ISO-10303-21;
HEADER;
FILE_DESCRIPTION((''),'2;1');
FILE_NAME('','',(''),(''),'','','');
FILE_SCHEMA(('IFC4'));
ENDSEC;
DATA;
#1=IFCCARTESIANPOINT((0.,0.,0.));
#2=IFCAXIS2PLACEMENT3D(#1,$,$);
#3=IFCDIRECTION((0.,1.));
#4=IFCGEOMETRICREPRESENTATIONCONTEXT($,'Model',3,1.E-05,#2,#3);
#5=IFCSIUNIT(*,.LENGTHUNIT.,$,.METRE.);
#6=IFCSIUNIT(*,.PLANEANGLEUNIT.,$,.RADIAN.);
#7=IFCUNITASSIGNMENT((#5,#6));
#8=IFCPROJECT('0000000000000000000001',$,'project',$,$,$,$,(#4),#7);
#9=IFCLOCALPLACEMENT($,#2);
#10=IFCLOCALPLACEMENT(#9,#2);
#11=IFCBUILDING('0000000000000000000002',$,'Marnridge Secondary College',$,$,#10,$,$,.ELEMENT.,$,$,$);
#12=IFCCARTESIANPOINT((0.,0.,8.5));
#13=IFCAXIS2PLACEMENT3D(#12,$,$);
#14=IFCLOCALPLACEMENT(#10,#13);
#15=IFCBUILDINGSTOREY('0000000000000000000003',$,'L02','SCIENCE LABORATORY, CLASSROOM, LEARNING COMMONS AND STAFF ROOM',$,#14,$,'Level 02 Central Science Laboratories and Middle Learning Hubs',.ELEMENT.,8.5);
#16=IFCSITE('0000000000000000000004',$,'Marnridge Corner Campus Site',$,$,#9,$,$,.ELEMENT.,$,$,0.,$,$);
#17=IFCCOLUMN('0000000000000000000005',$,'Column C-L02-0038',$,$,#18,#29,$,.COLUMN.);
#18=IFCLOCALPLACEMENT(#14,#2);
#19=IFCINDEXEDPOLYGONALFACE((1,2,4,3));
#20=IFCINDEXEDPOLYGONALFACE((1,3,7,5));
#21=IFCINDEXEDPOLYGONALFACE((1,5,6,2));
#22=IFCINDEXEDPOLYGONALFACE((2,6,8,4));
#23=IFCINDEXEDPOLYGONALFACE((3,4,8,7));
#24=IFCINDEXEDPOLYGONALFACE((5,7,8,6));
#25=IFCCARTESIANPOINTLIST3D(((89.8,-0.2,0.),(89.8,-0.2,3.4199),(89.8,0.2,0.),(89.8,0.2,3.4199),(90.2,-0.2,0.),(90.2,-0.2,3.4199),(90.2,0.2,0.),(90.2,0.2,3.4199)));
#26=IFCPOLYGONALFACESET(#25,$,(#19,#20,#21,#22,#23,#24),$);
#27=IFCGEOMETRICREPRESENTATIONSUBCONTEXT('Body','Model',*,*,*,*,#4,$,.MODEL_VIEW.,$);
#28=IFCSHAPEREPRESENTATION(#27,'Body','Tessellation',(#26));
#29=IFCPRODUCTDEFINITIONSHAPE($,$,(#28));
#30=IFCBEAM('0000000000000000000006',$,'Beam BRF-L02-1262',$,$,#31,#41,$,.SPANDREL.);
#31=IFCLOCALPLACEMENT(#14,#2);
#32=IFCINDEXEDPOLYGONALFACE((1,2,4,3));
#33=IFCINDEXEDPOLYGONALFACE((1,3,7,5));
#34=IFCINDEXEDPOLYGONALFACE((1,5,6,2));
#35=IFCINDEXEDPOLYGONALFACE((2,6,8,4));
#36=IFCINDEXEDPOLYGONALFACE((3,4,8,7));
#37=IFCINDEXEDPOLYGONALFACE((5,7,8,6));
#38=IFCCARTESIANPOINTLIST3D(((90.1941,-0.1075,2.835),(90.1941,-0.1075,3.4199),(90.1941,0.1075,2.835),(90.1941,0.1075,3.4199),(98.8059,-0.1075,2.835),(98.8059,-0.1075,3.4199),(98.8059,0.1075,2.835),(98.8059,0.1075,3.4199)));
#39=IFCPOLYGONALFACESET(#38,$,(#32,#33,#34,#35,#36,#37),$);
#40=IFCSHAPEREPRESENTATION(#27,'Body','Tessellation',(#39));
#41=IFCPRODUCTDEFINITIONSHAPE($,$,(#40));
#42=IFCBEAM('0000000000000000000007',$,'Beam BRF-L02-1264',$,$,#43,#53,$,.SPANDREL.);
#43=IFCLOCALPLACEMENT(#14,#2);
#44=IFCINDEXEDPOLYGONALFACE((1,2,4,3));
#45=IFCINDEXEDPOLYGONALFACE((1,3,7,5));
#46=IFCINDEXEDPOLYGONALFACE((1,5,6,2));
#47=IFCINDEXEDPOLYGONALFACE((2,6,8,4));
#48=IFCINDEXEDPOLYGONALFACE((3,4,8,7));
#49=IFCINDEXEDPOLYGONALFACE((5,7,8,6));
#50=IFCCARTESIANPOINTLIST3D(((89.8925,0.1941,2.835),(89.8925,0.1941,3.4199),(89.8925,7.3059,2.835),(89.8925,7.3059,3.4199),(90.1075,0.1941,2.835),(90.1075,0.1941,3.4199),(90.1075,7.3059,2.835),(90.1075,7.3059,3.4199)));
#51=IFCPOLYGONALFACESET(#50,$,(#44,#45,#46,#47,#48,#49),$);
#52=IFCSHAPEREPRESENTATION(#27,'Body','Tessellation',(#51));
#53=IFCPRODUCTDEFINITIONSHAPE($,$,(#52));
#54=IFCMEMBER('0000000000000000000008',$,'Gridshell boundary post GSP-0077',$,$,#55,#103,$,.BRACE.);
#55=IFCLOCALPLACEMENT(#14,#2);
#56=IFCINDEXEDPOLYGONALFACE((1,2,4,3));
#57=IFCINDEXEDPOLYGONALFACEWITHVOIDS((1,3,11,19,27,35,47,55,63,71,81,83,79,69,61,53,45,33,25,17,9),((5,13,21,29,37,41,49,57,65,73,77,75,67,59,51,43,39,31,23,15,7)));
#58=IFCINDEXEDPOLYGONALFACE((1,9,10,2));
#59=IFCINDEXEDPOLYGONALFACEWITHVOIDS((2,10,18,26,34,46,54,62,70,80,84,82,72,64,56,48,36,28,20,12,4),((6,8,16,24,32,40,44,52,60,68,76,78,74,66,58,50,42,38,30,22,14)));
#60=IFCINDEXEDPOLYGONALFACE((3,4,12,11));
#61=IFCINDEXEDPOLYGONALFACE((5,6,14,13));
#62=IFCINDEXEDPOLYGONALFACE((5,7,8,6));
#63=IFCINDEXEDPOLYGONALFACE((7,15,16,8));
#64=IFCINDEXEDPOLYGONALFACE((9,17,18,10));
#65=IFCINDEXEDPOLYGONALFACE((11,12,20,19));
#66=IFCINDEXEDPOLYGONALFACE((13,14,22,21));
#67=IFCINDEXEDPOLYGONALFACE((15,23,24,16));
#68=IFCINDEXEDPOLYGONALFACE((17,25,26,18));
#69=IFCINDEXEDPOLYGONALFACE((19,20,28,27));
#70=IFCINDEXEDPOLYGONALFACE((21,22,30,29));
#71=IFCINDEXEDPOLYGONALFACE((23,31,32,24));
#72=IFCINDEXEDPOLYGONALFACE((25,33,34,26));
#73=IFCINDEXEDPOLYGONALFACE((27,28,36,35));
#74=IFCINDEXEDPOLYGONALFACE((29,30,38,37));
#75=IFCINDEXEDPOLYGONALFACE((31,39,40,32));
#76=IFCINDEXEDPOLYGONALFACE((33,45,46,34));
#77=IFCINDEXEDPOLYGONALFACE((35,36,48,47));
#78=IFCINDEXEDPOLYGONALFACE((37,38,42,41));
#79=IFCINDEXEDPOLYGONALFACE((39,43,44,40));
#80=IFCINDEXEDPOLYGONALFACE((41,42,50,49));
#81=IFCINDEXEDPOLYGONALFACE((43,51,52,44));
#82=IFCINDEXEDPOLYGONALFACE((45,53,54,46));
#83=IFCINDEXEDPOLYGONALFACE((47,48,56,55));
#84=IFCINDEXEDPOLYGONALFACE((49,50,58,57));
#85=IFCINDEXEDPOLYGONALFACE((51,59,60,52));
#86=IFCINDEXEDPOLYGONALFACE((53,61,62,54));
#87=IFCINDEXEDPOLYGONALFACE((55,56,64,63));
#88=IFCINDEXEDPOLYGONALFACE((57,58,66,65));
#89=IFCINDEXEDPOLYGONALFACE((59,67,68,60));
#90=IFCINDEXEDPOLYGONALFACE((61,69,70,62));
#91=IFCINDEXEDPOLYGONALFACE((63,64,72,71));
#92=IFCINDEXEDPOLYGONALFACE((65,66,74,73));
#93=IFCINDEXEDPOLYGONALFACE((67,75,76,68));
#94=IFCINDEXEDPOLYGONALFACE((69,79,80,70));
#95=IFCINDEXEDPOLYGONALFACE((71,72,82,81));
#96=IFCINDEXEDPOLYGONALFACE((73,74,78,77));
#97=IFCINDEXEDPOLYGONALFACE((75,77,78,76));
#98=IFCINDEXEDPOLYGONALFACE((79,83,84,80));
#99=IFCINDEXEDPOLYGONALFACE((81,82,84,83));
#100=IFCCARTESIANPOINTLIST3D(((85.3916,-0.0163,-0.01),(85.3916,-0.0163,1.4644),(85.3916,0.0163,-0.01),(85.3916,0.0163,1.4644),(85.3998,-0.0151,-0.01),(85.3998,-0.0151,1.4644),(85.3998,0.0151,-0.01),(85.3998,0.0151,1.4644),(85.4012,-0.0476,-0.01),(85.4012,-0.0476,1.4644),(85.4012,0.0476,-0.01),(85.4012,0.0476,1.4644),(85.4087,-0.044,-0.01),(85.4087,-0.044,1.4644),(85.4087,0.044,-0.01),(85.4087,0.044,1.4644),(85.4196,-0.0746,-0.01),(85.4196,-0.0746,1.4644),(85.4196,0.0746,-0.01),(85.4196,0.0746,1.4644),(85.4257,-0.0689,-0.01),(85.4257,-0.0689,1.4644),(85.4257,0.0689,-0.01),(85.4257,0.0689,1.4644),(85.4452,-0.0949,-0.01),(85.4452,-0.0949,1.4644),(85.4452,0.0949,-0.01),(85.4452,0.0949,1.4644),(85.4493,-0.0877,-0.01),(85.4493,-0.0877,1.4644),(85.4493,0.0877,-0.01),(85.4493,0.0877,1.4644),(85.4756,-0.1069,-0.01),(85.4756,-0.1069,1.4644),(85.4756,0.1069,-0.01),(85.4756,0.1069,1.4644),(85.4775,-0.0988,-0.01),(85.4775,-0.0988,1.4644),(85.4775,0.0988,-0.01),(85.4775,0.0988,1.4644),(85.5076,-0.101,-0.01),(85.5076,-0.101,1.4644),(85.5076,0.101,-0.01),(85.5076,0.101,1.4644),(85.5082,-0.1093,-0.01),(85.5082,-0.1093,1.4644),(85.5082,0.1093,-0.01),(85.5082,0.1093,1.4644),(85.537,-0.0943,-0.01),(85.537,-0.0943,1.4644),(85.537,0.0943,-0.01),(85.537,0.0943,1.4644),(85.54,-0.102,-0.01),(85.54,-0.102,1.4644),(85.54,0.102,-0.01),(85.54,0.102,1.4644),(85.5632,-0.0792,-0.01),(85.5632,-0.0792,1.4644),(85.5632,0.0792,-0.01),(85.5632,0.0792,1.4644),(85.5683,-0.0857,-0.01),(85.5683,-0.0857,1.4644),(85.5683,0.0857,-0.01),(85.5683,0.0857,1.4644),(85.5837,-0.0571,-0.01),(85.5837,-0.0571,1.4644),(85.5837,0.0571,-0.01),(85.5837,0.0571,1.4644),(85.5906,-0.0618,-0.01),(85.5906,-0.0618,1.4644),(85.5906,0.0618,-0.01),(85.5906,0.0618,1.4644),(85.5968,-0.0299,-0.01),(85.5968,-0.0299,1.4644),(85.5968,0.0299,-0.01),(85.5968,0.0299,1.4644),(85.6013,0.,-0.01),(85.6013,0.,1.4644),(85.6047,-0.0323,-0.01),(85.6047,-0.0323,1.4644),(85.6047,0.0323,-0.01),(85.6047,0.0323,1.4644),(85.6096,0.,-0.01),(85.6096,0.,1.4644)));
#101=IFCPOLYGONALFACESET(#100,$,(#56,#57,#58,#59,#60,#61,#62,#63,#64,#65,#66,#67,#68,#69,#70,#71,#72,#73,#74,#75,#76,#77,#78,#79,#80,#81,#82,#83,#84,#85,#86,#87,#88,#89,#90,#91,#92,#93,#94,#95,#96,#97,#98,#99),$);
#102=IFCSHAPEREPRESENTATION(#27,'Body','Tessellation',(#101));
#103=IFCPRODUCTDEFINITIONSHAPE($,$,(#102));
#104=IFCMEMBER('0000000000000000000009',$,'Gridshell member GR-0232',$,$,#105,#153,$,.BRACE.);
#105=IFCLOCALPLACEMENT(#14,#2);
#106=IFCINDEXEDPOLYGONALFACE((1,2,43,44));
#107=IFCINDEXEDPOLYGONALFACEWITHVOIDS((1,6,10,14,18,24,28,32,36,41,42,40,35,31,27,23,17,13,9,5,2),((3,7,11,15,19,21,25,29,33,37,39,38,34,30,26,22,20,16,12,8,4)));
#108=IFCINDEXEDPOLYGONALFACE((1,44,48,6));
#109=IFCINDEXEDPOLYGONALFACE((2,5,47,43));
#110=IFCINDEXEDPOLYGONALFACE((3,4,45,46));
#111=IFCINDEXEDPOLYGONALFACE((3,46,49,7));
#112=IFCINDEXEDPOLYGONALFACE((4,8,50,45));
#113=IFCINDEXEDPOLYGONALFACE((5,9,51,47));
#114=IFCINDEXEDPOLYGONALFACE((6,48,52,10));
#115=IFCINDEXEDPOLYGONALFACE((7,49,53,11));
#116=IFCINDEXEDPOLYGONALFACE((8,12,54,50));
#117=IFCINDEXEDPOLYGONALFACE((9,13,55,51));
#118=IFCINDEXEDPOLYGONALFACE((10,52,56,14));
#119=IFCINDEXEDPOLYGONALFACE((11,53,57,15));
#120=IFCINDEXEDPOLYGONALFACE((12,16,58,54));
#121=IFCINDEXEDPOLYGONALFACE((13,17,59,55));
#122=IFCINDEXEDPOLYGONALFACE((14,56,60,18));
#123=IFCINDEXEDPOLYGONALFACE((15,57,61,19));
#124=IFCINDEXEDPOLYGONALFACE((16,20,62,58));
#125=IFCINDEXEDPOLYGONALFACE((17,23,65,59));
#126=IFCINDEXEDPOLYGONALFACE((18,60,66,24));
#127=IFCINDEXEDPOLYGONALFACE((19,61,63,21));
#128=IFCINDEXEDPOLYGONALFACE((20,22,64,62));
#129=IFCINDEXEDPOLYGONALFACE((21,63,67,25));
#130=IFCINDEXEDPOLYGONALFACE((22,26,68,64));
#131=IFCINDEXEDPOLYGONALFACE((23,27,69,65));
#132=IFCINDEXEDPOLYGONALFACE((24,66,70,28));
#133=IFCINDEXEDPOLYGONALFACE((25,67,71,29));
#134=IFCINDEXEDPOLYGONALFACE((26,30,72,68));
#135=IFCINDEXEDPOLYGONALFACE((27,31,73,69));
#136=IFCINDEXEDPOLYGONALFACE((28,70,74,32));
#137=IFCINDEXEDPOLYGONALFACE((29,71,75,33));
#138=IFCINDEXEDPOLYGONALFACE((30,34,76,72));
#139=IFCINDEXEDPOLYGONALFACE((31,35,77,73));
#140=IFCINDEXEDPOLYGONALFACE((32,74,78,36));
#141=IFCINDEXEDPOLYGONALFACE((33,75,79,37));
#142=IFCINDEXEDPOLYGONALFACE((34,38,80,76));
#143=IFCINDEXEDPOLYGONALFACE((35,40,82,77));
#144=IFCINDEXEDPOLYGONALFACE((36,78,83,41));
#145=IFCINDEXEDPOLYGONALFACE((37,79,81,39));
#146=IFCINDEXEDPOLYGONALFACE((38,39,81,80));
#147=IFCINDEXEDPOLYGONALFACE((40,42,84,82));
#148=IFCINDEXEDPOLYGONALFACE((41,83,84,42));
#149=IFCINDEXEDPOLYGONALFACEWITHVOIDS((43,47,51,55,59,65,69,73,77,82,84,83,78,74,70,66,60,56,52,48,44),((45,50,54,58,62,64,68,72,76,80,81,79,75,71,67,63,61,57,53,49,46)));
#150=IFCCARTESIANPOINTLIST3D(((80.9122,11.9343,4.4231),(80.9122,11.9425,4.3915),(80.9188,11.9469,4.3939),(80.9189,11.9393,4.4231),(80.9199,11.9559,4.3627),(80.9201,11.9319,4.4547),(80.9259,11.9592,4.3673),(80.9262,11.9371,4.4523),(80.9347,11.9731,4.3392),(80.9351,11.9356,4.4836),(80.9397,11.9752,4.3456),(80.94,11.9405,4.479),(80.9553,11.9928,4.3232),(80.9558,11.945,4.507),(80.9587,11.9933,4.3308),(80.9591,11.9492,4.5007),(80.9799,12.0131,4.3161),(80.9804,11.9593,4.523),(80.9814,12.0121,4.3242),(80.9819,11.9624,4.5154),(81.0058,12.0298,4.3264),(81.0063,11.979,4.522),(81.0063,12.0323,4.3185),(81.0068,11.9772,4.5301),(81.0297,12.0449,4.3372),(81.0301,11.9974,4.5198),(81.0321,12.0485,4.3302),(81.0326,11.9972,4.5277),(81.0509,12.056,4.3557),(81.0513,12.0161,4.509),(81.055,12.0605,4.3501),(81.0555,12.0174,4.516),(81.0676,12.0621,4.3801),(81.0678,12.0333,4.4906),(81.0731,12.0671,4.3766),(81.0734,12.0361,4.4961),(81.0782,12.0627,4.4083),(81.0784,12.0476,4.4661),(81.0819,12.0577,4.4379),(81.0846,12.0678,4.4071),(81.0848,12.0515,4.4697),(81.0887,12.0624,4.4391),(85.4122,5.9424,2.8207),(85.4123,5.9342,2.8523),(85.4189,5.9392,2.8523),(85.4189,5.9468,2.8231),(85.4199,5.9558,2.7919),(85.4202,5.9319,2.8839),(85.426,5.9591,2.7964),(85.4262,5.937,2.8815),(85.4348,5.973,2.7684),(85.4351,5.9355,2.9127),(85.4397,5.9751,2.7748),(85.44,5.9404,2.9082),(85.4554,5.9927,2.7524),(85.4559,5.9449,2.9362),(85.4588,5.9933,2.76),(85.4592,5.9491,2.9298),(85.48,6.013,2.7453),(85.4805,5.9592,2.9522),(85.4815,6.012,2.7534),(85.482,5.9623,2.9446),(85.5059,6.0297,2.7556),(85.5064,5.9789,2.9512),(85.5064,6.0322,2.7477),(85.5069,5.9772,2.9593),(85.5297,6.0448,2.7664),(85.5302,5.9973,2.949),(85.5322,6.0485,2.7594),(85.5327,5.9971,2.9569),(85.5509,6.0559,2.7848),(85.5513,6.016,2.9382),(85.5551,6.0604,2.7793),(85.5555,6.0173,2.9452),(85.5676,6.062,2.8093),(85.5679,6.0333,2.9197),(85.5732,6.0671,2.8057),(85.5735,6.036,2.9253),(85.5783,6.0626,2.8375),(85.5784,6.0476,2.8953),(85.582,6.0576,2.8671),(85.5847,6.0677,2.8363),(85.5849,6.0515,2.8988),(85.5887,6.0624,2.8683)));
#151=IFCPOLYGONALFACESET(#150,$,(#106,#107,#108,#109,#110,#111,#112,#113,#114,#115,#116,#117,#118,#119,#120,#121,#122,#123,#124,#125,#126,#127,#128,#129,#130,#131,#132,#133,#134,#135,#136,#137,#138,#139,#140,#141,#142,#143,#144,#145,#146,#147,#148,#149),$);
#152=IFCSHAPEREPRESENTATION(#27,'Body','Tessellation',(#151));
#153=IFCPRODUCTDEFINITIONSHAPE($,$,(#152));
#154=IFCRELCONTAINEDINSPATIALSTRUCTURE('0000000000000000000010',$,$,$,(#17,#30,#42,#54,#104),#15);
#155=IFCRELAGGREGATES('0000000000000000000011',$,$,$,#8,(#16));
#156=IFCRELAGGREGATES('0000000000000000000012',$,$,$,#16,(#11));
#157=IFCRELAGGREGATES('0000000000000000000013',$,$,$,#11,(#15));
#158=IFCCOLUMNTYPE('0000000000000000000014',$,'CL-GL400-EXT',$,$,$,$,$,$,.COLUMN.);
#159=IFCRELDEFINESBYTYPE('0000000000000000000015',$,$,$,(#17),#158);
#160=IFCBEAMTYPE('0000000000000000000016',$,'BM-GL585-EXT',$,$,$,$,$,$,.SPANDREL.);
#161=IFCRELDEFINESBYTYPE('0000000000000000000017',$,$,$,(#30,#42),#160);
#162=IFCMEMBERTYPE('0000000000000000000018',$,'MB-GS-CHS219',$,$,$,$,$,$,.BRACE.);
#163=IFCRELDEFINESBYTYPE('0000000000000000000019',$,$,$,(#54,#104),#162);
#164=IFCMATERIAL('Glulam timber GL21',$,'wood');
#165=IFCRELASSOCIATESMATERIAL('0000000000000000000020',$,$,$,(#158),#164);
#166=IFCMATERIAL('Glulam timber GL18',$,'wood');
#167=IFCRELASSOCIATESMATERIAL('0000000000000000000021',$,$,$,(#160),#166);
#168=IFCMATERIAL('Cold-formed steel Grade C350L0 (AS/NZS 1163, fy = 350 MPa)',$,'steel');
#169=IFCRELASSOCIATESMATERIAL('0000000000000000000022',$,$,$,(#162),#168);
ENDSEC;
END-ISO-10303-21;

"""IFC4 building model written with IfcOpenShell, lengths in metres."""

from ifc_helpers import new_model, si_unit, direction, frame, origin, origin_2d, place, context, subcontext, project, spatial, rectangle, hollow_circle, extrude, material, material_profile, profile_set, type_object, element, save


model = new_model("IFC4")

# Units and contexts
model_context = context("Model", 3, precision=1e-05, world=origin(), true_north=direction((0.0, 1.0)))
body_context = subcontext(model_context, "Body", "Model", "MODEL_VIEW")
ifc_project = project(units=[si_unit("LENGTHUNIT", "METRE"), si_unit("PLANEANGLEUNIT", "RADIAN")], contexts=[model_context])

# Site, building, storey
site_placement = place(None, origin())
site = spatial("IfcSite", under=ifc_project, at=site_placement, Name="Marnridge Corner Campus Site", CompositionType="ELEMENT", RefElevation=0.0)
building_placement = place(site_placement, origin())
building = spatial("IfcBuilding", under=site, at=building_placement, Name="Marnridge Secondary College", CompositionType="ELEMENT")
storey_placement = place(building_placement, frame((0.0, 0.0, 8.5)))
storey = spatial("IfcBuildingStorey", under=building, at=storey_placement, Name="L02", Description="SCIENCE LABORATORY, CLASSROOM, LEARNING COMMONS AND STAFF ROOM", LongName="Level 02 Central Science Laboratories and Middle Learning Hubs", CompositionType="ELEMENT", Elevation=8.5)

# Column
ifc_material_1 = material(Name="Glulam timber GL21", Category="wood")
ifc_material_profile_1 = material_profile(ifc_material_1, rectangle(XDim=0.3999, YDim=0.3999, at=origin_2d()), Name="GL21 400x400")
ifc_profile_set_1 = profile_set([ifc_material_profile_1], Name="Glulam timber GL21")
column_type = type_object("IfcColumnType", Name="CL-GL400-EXT", PredefinedType="COLUMN", material=ifc_profile_set_1)
column_placement = place(storey_placement, frame((90.0, 0.0, 0.0), z_axis=(0.0, 0.0, 1.0), x_axis=(1.0, 0.0, 0.0)))
element("IfcColumn", 1, at=column_placement, inside=storey, type_object=column_type, Name="Column C-L02-0038", PredefinedType="COLUMN", context=body_context, shape_type="SweptSolid", body=[
    extrude(rectangle(XDim=0.3999, YDim=0.3999, at=origin_2d()), origin(), (0.0, 0.0, 1.0), 3.4199),
])

# Beams
ifc_material_2 = material(Name="Glulam timber GL18", Category="wood")
ifc_material_profile_2 = material_profile(ifc_material_2, rectangle(XDim=0.2151, YDim=0.585, at=origin_2d()), Name="GL18 215x585")
ifc_profile_set_2 = profile_set([ifc_material_profile_2], Name="Glulam timber GL18")
beam_type = type_object("IfcBeamType", Name="BM-GL585-EXT", PredefinedType="SPANDREL", material=ifc_profile_set_2)
beam_1_placement = place(storey_placement, frame((90.1941, 0.0, 3.1274), z_axis=(1.0, 0.0, 0.0), x_axis=(0.0, 1.0, 0.0)))
element("IfcBeam", 2, at=beam_1_placement, inside=storey, type_object=beam_type, Name="Beam BRF-L02-1262", PredefinedType="SPANDREL", context=body_context, shape_type="SweptSolid", body=[
    extrude(rectangle(XDim=0.2151, YDim=0.585, at=origin_2d()), origin(), (0.0, 0.0, 1.0), 8.6118),
])
beam_2_placement = place(storey_placement, frame((90.0, 0.1941, 3.1274), z_axis=(0.0, 1.0, 0.0), x_axis=(-1.0, 0.0, 0.0)))
element("IfcBeam", 3, at=beam_2_placement, inside=storey, type_object=beam_type, Name="Beam BRF-L02-1264", PredefinedType="SPANDREL", context=body_context, shape_type="SweptSolid", body=[
    extrude(rectangle(XDim=0.2151, YDim=0.585, at=origin_2d()), origin(), (0.0, 0.0, 1.0), 7.1118),
])

# Members
ifc_material_3 = material(Name="Cold-formed steel Grade C350L0 (AS/NZS 1163, fy = 350 MPa)", Category="steel")
ifc_material_profile_3 = material_profile(ifc_material_3, hollow_circle(Radius=0.1096, WallThickness=0.0083, at=origin_2d()), Name="219.1x8.2CHS")
ifc_profile_set_3 = profile_set([ifc_material_profile_3], Name="Cold-formed steel Grade C350L0 (AS/NZS 1163, fy = 350 MPa)")
member_type_1 = type_object("IfcMemberType", Name="MB-GS-CHS219", PredefinedType="BRACE", material=ifc_profile_set_3)
member_1_placement = place(storey_placement, frame((85.5, 0.0, -0.01), z_axis=(0.0, 0.0, 1.0), x_axis=(1.0, 0.0, 0.0)))
element("IfcMember", 4, at=member_1_placement, inside=storey, type_object=member_type_1, Name="Gridshell boundary post GSP-0077", PredefinedType="BRACE", context=body_context, shape_type="SweptSolid", body=[
    extrude(hollow_circle(Radius=0.1096, WallThickness=0.0083, at=origin_2d()), origin(), (0.0, 0.0, 1.0), 1.4744),
])
member_2_placement = place(storey_placement, frame((85.5, 6.0, 2.8523), z_axis=(-0.587258, 0.783011, 0.204992), x_axis=(-0.8, -0.6, 0.0)))
element("IfcMember", 5, at=member_2_placement, inside=storey, type_object=member_type_1, Name="Gridshell member GR-0232", PredefinedType="BRACE", context=body_context, shape_type="SweptSolid", body=[
    extrude(hollow_circle(Radius=0.1096, WallThickness=0.0083, at=origin_2d()), origin(), (0.0, 0.0, 1.0), 7.6628),
])

save(model, "model.ifc")
